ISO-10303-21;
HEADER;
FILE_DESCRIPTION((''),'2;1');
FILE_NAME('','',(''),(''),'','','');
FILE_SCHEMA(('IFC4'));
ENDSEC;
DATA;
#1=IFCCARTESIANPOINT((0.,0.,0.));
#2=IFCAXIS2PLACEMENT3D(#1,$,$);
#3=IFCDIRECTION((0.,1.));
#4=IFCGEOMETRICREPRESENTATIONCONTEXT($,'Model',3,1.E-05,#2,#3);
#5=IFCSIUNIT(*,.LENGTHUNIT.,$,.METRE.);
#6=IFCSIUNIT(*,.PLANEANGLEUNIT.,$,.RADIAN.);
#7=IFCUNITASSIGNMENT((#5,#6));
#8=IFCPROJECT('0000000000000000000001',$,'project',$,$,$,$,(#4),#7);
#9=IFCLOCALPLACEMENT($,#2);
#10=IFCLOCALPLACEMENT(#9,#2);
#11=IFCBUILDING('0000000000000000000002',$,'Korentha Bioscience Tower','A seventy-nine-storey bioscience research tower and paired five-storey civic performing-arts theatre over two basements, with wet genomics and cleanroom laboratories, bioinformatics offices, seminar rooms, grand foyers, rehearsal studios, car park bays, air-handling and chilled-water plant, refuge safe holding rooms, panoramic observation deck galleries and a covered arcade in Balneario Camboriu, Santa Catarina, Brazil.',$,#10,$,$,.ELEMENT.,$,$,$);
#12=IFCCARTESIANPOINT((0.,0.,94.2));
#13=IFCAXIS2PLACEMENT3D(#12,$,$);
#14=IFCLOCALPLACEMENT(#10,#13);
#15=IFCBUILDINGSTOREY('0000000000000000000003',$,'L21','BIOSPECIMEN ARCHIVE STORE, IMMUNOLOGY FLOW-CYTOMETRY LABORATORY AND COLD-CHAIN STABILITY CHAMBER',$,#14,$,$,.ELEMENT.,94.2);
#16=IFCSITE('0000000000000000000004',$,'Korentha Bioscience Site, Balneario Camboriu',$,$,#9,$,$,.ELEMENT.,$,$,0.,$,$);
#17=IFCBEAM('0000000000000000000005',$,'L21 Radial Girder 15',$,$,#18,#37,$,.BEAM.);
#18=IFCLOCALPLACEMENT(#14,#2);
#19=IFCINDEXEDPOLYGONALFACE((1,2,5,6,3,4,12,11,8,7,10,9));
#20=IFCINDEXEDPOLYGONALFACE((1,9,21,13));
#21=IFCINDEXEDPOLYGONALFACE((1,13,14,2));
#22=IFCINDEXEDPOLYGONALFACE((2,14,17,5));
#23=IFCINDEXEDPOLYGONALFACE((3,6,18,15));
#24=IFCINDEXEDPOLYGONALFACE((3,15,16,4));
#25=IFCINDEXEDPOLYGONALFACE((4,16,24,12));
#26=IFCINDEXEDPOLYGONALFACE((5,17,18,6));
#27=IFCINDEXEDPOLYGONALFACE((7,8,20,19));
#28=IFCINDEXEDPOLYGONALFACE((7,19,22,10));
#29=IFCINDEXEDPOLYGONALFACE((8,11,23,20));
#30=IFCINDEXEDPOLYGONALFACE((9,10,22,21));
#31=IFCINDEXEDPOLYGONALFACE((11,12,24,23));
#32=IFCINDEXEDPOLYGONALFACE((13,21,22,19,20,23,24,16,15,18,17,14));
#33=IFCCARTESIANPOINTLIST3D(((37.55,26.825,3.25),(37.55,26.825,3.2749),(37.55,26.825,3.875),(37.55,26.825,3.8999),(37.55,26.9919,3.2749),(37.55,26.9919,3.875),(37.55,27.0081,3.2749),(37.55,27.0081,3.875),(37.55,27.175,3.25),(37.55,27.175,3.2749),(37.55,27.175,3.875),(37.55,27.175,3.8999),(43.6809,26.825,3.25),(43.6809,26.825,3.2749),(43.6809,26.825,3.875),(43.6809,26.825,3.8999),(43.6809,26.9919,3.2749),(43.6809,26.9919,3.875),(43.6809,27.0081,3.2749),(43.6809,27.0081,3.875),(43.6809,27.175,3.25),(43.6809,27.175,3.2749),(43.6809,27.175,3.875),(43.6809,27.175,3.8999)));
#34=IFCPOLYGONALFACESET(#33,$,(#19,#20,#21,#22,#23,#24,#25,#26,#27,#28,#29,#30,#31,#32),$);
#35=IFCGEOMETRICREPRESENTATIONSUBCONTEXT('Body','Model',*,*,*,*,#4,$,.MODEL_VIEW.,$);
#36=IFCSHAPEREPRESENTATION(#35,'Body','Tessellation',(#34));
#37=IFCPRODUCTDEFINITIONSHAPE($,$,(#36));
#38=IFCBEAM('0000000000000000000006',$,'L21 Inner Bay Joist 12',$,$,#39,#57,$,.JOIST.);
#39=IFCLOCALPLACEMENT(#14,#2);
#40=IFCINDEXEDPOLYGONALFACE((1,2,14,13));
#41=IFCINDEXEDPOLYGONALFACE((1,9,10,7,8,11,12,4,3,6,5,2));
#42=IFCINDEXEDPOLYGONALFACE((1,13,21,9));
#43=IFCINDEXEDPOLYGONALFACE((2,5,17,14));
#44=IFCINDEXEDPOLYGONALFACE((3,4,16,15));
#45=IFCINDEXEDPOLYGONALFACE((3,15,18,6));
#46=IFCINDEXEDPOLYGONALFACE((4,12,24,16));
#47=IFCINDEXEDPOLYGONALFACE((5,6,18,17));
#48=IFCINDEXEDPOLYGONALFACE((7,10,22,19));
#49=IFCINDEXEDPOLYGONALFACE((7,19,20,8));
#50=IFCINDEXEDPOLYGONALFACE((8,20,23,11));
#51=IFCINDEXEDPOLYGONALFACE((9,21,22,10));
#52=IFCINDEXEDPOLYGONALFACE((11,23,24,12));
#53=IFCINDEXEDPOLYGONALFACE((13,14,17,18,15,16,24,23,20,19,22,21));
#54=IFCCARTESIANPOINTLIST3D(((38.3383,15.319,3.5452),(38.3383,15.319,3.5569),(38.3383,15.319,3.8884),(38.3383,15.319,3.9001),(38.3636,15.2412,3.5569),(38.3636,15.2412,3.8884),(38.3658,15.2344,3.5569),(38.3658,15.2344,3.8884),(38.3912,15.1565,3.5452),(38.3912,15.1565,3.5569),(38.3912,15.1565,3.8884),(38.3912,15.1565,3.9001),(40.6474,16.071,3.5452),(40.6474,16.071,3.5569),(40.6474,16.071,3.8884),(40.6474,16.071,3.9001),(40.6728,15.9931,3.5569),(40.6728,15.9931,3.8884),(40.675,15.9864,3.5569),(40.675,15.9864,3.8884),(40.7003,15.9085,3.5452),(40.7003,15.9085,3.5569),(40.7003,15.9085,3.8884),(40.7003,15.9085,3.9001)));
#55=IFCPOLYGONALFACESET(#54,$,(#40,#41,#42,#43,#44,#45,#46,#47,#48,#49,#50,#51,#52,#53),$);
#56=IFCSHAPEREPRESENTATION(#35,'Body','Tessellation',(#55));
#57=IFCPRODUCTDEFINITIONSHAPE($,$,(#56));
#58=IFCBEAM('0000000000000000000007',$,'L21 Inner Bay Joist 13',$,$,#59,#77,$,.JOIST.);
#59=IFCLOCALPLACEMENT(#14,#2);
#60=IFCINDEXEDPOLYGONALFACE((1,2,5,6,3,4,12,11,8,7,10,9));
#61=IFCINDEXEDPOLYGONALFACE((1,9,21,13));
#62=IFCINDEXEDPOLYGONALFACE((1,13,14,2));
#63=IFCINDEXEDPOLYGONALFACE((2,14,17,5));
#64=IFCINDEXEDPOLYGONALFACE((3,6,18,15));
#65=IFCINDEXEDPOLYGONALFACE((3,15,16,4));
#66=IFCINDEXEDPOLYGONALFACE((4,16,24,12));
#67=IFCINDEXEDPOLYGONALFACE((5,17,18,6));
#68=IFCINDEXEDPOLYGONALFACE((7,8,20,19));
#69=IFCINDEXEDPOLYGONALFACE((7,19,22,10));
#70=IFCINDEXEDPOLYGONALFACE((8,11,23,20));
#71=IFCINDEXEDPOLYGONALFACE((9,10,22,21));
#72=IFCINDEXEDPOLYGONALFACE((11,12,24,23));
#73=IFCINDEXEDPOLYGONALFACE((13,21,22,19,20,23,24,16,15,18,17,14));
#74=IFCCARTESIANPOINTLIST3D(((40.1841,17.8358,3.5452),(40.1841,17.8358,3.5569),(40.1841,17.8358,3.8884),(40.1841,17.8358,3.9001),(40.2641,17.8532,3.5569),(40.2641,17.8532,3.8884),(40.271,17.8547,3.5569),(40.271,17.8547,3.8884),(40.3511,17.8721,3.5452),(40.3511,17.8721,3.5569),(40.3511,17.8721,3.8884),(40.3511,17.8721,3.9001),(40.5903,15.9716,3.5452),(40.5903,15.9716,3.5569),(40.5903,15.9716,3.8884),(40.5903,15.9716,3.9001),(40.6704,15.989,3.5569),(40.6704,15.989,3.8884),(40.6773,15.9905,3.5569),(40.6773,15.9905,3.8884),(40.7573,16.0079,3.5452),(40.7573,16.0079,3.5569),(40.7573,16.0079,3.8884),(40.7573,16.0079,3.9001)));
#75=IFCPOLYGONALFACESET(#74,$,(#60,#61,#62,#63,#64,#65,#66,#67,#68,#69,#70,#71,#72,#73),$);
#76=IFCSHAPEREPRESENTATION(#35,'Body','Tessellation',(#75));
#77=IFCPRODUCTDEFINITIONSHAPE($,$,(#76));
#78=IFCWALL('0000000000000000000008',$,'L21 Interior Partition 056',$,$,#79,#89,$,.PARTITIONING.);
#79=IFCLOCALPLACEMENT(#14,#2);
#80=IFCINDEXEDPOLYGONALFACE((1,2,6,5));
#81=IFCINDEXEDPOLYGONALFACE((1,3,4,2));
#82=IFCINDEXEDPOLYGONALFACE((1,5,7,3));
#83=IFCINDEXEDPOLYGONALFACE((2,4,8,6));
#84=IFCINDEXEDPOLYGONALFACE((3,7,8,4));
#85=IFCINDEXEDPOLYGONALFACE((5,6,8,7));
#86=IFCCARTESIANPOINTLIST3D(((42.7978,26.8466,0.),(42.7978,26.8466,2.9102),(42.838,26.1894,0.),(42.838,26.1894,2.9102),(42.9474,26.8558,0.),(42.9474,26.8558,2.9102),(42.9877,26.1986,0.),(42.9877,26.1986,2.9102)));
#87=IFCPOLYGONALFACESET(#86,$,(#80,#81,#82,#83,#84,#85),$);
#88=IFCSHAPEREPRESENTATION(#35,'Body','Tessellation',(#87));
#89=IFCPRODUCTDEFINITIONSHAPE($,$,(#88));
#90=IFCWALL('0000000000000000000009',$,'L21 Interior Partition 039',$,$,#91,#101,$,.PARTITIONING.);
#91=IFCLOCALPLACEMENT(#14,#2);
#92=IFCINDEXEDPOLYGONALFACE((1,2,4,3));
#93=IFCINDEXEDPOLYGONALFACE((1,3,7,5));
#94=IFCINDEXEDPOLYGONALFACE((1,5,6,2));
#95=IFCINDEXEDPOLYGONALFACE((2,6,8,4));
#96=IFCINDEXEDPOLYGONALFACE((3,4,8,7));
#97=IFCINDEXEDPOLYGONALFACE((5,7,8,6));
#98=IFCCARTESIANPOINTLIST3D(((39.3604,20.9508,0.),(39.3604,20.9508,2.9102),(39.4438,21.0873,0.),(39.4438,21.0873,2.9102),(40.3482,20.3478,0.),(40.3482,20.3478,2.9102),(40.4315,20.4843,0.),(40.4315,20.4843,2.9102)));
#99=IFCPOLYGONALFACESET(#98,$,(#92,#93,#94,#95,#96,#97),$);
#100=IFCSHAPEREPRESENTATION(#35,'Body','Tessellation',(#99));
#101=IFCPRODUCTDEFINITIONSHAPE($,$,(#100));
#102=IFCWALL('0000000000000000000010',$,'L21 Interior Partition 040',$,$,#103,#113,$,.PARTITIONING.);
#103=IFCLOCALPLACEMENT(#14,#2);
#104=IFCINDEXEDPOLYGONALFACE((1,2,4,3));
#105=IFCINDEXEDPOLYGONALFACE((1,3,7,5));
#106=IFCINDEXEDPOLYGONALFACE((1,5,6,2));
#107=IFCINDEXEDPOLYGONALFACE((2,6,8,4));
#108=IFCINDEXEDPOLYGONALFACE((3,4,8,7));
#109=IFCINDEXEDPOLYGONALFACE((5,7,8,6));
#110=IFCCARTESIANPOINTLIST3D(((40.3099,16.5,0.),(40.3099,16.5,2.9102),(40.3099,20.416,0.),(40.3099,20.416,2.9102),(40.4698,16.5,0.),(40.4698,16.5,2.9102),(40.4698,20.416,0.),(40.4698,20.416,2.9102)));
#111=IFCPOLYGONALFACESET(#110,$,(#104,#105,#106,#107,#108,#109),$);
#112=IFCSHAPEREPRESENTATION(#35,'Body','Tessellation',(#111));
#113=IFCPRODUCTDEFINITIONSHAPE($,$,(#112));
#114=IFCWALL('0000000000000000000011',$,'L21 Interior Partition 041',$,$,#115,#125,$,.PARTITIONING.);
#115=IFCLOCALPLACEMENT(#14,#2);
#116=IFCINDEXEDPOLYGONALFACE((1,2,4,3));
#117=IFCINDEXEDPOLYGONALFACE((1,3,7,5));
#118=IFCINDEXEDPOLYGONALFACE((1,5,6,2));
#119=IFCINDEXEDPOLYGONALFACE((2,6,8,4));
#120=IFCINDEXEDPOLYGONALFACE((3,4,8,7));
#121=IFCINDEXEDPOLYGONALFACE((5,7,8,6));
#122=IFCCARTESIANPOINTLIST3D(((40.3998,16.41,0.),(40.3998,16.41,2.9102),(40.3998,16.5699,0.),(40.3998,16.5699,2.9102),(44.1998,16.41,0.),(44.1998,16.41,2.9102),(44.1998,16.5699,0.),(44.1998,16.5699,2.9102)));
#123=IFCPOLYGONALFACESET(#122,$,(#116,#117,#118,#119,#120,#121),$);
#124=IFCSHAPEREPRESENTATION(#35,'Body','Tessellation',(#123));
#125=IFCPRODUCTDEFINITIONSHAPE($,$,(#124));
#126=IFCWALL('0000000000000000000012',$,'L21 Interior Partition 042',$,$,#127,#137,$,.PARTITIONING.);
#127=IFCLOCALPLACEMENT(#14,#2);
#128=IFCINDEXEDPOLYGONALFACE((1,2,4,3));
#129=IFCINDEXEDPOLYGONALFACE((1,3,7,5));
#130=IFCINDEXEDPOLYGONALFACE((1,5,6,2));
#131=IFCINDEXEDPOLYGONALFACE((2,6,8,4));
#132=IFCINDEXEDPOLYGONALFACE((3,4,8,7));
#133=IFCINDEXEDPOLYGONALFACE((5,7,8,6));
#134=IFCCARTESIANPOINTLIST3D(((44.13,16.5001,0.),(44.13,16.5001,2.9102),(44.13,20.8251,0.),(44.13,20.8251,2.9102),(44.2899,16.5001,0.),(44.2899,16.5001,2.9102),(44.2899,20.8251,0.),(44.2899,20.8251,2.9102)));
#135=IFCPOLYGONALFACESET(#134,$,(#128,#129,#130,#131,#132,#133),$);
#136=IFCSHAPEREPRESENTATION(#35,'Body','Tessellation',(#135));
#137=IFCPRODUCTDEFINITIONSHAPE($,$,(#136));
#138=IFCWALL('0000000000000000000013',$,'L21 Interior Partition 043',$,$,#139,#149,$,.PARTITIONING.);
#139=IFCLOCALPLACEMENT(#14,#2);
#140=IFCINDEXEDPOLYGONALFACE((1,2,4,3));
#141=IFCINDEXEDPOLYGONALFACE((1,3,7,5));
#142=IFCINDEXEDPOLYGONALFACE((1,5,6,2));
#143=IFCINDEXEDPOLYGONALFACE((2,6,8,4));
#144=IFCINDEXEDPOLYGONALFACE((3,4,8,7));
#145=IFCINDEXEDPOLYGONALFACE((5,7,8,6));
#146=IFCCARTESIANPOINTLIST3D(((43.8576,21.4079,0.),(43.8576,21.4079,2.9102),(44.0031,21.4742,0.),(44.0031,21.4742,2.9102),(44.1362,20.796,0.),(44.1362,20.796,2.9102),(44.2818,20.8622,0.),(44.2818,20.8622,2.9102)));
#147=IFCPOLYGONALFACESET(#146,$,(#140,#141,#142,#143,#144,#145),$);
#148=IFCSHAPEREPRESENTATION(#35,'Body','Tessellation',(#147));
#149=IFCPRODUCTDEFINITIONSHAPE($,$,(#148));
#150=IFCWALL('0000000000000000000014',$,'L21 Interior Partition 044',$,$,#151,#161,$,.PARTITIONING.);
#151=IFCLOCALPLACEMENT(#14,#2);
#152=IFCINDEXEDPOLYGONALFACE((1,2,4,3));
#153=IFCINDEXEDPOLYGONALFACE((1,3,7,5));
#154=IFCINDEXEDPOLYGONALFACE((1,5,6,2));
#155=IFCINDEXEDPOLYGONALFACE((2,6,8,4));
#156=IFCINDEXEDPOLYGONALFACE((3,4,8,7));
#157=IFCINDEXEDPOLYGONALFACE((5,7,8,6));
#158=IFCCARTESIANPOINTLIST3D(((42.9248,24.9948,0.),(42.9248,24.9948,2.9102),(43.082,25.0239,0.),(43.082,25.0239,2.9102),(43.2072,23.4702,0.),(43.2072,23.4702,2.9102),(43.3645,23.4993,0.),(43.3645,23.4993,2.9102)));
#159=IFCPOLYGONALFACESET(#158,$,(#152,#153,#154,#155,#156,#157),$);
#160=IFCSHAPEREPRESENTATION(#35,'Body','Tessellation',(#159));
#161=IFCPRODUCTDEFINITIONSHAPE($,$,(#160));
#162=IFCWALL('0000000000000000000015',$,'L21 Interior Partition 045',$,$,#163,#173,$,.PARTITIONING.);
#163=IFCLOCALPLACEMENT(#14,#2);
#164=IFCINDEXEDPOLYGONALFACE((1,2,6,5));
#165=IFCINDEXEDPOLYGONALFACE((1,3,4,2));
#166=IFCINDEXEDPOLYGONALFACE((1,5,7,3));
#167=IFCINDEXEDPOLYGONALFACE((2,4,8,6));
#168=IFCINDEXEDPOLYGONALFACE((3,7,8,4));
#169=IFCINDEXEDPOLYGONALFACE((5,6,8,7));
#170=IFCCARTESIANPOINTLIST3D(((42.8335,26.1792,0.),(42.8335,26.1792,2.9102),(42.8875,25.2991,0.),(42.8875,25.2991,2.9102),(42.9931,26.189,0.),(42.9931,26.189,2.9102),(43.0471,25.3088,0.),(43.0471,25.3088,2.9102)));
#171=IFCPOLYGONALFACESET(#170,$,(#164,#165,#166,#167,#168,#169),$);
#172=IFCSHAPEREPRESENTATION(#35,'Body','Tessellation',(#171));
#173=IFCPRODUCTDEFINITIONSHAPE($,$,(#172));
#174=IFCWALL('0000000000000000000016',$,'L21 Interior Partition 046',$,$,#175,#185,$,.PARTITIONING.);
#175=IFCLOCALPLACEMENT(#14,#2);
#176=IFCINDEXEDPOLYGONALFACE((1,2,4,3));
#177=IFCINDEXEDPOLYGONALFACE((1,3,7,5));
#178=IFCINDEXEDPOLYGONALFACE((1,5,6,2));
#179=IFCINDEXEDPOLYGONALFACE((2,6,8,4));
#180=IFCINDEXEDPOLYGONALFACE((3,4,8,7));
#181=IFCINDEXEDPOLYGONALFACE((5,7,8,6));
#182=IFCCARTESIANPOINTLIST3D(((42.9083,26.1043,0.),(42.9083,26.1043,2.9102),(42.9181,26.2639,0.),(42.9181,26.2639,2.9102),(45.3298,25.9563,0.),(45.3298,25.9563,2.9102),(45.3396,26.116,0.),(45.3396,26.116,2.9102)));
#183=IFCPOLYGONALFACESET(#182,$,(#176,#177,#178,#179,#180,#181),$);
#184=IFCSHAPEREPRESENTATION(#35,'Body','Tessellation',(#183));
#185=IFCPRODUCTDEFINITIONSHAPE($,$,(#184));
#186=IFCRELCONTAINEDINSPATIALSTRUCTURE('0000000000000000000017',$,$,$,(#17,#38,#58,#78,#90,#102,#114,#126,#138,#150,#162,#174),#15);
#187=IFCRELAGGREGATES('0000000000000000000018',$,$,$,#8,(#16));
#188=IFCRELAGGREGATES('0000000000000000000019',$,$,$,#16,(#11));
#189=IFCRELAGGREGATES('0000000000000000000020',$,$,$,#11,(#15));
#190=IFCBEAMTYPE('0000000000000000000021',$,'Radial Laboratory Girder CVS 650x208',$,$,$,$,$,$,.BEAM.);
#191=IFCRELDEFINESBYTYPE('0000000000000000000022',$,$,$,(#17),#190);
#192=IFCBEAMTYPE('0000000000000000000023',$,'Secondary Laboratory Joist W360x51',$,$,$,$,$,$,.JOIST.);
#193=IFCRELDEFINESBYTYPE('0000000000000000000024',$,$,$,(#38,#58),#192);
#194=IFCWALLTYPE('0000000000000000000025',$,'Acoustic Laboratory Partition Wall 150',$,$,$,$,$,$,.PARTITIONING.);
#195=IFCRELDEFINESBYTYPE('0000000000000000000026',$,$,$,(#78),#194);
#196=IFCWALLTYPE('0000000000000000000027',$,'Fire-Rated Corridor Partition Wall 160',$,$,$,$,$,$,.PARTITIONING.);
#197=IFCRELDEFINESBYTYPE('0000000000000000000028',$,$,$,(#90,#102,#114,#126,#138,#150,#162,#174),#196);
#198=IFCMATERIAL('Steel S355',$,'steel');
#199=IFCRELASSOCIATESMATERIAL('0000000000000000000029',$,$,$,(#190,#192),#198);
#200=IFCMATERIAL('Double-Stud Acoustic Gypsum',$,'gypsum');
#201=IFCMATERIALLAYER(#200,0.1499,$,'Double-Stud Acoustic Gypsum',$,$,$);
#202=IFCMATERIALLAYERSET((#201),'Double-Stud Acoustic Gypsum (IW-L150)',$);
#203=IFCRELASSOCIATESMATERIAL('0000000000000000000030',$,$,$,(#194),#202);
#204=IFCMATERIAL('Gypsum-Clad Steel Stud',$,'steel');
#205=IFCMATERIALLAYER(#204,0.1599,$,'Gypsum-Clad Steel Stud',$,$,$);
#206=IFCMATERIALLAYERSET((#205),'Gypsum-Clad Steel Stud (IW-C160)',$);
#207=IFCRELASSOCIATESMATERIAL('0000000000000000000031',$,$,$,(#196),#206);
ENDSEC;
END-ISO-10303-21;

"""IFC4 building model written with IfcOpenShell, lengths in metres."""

from ifc_helpers import new_model, si_unit, direction, frame, frame_2d, origin, origin_2d, place, context, subcontext, project, spatial, rectangle, i_section, extrude, material, layer, layer_set, material_profile, profile_set, type_object, element, save


model = new_model("IFC4")

# Units and contexts
model_context = context("Model", 3, precision=1e-05, world=origin(), true_north=direction((0.0, 1.0)))
body_context = subcontext(model_context, "Body", "Model", "MODEL_VIEW")
ifc_project = project(units=[si_unit("LENGTHUNIT", "METRE"), si_unit("PLANEANGLEUNIT", "RADIAN")], contexts=[model_context])

# Site, building, storey
site_placement = place(None, origin())
site = spatial("IfcSite", under=ifc_project, at=site_placement, Name="Korentha Bioscience Site, Balneario Camboriu", CompositionType="ELEMENT", RefElevation=0.0)
building_placement = place(site_placement, origin())
building = spatial("IfcBuilding", under=site, at=building_placement, Name="Korentha Bioscience Tower", Description="A seventy-nine-storey bioscience research tower and paired five-storey civic performing-arts theatre over two basements, with wet genomics and cleanroom laboratories, bioinformatics offices, seminar rooms, grand foyers, rehearsal studios, car park bays, air-handling and chilled-water plant, refuge safe holding rooms, panoramic observation deck galleries and a covered arcade in Balneario Camboriu, Santa Catarina, Brazil.", CompositionType="ELEMENT")
storey_placement = place(building_placement, frame((0.0, 0.0, 94.2)))
storey = spatial("IfcBuildingStorey", under=building, at=storey_placement, Name="L21", Description="BIOSPECIMEN ARCHIVE STORE, IMMUNOLOGY FLOW-CYTOMETRY LABORATORY AND COLD-CHAIN STABILITY CHAMBER", CompositionType="ELEMENT", Elevation=94.2)

# Beams
ifc_material_1 = material(Name="Steel S355", Category="steel")
ifc_material_profile_1 = material_profile(ifc_material_1, i_section(OverallWidth=0.3501, OverallDepth=0.6499, WebThickness=0.0161, FlangeThickness=0.0249, at=origin_2d()), Name="Steel S355")
ifc_profile_set_1 = profile_set([ifc_material_profile_1], Name="Steel S355 (RB-650)")
beam_type_1 = type_object("IfcBeamType", Name="Radial Laboratory Girder CVS 650x208", PredefinedType="BEAM", material=ifc_profile_set_1)
beam_1_placement = place(storey_placement, frame((37.55, 27.0, 3.575), z_axis=(1.0, 0.0, 0.0), x_axis=(0.0, 1.0, 0.0)))
element("IfcBeam", 1, at=beam_1_placement, inside=storey, type_object=beam_type_1, Name="L21 Radial Girder 15", PredefinedType="BEAM", context=body_context, shape_type="SweptSolid", body=[
    extrude(i_section(OverallWidth=0.3501, OverallDepth=0.6499, WebThickness=0.0161, FlangeThickness=0.0249, at=origin_2d()), origin(), (0.0, 0.0, 1.0), 6.1309),
])
ifc_material_profile_2 = material_profile(ifc_material_1, i_section(OverallWidth=0.1709, OverallDepth=0.355, WebThickness=0.0071, FlangeThickness=0.0117, at=origin_2d()), Name="Steel S355")
ifc_profile_set_2 = profile_set([ifc_material_profile_2], Name="Steel S355 (JB-360)")
beam_type_2 = type_object("IfcBeamType", Name="Secondary Laboratory Joist W360x51", PredefinedType="JOIST", material=ifc_profile_set_2)
beam_2_placement = place(storey_placement, frame((38.3647, 15.2378, 3.7227), z_axis=(0.950852, 0.309645, 0.0), x_axis=(-0.309645, 0.950852, 0.0)))
element("IfcBeam", 2, at=beam_2_placement, inside=storey, type_object=beam_type_2, Name="L21 Inner Bay Joist 12", PredefinedType="JOIST", context=body_context, shape_type="SweptSolid", body=[
    extrude(i_section(OverallWidth=0.1709, OverallDepth=0.355, WebThickness=0.0071, FlangeThickness=0.0117, at=origin_2d()), origin(), (0.0, 0.0, 1.0), 2.4285),
])
beam_3_placement = place(storey_placement, frame((40.6738, 15.9897, 3.7227), z_axis=(-0.212918, 0.97707, 0.0), x_axis=(-0.97707, -0.212918, 0.0)))
element("IfcBeam", 3, at=beam_3_placement, inside=storey, type_object=beam_type_2, Name="L21 Inner Bay Joist 13", PredefinedType="JOIST", context=body_context, shape_type="SweptSolid", body=[
    extrude(i_section(OverallWidth=0.1709, OverallDepth=0.355, WebThickness=0.0071, FlangeThickness=0.0117, at=origin_2d()), origin(), (0.0, 0.0, 1.0), 1.908),
])

# Wall
ifc_material_2 = material(Name="Double-Stud Acoustic Gypsum", Category="gypsum")
ifc_layer_1 = layer(ifc_material_2, 0.1499, Name="Double-Stud Acoustic Gypsum")
ifc_layer_set_1 = layer_set([ifc_layer_1], Name="Double-Stud Acoustic Gypsum (IW-L150)")
wall_type_1 = type_object("IfcWallType", Name="Acoustic Laboratory Partition Wall 150", PredefinedType="PARTITIONING", material=ifc_layer_set_1)
wall_1_placement = place(storey_placement, frame((42.9128, 26.1941, 0.0), z_axis=(0.0, 0.0, 1.0), x_axis=(-0.061178, 0.998127, 0.0)))
element("IfcWall", 4, at=wall_1_placement, inside=storey, type_object=wall_type_1, Name="L21 Interior Partition 056", PredefinedType="PARTITIONING", context=body_context, shape_type="SweptSolid", body=[
    extrude(rectangle(XDim=0.6584, YDim=0.1499, at=frame_2d((0.3291, 0.0))), origin(), (0.0, 0.0, 1.0), 2.9102),
])

# Shared definitions
ifc_material_3 = material(Name="Gypsum-Clad Steel Stud", Category="steel")
ifc_layer_2 = layer(ifc_material_3, 0.1599, Name="Gypsum-Clad Steel Stud")
ifc_layer_set_2 = layer_set([ifc_layer_2], Name="Gypsum-Clad Steel Stud (IW-C160)")
wall_type_2 = type_object("IfcWallType", Name="Fire-Rated Corridor Partition Wall 160", PredefinedType="PARTITIONING", material=ifc_layer_set_2)

# Walls
wall_2_placement = place(storey_placement, frame((39.4021, 21.019, 0.0), z_axis=(0.0, 0.0, 1.0), x_axis=(0.853522, -0.521057, 0.0)))
element("IfcWall", 5, at=wall_2_placement, inside=storey, type_object=wall_type_2, Name="L21 Interior Partition 039", PredefinedType="PARTITIONING", context=body_context, shape_type="SweptSolid", body=[
    extrude(rectangle(XDim=1.1572, YDim=0.1599, at=frame_2d((0.5786, 0.0))), origin(), (0.0, 0.0, 1.0), 2.9102),
])
wall_3_placement = place(storey_placement, frame((40.3899, 20.416, 0.0), z_axis=(0.0, 0.0, 1.0), x_axis=(0.0, -1.0, 0.0)))
element("IfcWall", 6, at=wall_3_placement, inside=storey, type_object=wall_type_2, Name="L21 Interior Partition 040", PredefinedType="PARTITIONING", context=body_context, shape_type="SweptSolid", body=[
    extrude(rectangle(XDim=3.916, YDim=0.1599, at=frame_2d((1.958, 0.0))), origin(), (0.0, 0.0, 1.0), 2.9102),
])
wall_4_placement = place(storey_placement, frame((40.3999, 16.49, 0.0), z_axis=(0.0, 0.0, 1.0), x_axis=(1.0, 0.0, 0.0)))
element("IfcWall", 7, at=wall_4_placement, inside=storey, type_object=wall_type_2, Name="L21 Interior Partition 041", PredefinedType="PARTITIONING", context=body_context, shape_type="SweptSolid", body=[
    extrude(rectangle(XDim=3.8, YDim=0.1599, at=frame_2d((1.8999, 0.0))), origin(), (0.0, 0.0, 1.0), 2.9102),
])
wall_5_placement = place(storey_placement, frame((44.21, 16.5, 0.0), z_axis=(0.0, 0.0, 1.0), x_axis=(0.0, 1.0, 0.0)))
element("IfcWall", 8, at=wall_5_placement, inside=storey, type_object=wall_type_2, Name="L21 Interior Partition 042", PredefinedType="PARTITIONING", context=body_context, shape_type="SweptSolid", body=[
    extrude(rectangle(XDim=4.325, YDim=0.1599, at=frame_2d((2.1626, 0.0))), origin(), (0.0, 0.0, 1.0), 2.9102),
])
wall_6_placement = place(storey_placement, frame((44.209, 20.8291, 0.0), z_axis=(0.0, 0.0, 1.0), x_axis=(-0.414377, 0.910105, 0.0)))
element("IfcWall", 9, at=wall_6_placement, inside=storey, type_object=wall_type_2, Name="L21 Interior Partition 043", PredefinedType="PARTITIONING", context=body_context, shape_type="SweptSolid", body=[
    extrude(rectangle(XDim=0.6724, YDim=0.1599, at=frame_2d((0.3362, 0.0))), origin(), (0.0, 0.0, 1.0), 2.9102),
])
wall_7_placement = place(storey_placement, frame((43.2859, 23.4846, 0.0), z_axis=(0.0, 0.0, 1.0), x_axis=(-0.182168, 0.983267, 0.0)))
element("IfcWall", 10, at=wall_7_placement, inside=storey, type_object=wall_type_2, Name="L21 Interior Partition 044", PredefinedType="PARTITIONING", context=body_context, shape_type="SweptSolid", body=[
    extrude(rectangle(XDim=1.5505, YDim=0.1599, at=frame_2d((0.7754, 0.0))), origin(), (0.0, 0.0, 1.0), 2.9102),
])
wall_8_placement = place(storey_placement, frame((42.9673, 25.304, 0.0), z_axis=(0.0, 0.0, 1.0), x_axis=(-0.061189, 0.998126, 0.0)))
element("IfcWall", 11, at=wall_8_placement, inside=storey, type_object=wall_type_2, Name="L21 Interior Partition 045", PredefinedType="PARTITIONING", context=body_context, shape_type="SweptSolid", body=[
    extrude(rectangle(XDim=0.8818, YDim=0.1599, at=frame_2d((0.4409, 0.0))), origin(), (0.0, 0.0, 1.0), 2.9102),
])
wall_9_placement = place(storey_placement, frame((42.9133, 26.1841, 0.0), z_axis=(0.0, 0.0, 1.0), x_axis=(0.998139, -0.060981, 0.0)))
element("IfcWall", 12, at=wall_9_placement, inside=storey, type_object=wall_type_2, Name="L21 Interior Partition 046", PredefinedType="PARTITIONING", context=body_context, shape_type="SweptSolid", body=[
    extrude(rectangle(XDim=2.426, YDim=0.1599, at=frame_2d((1.2129, 0.0))), origin(), (0.0, 0.0, 1.0), 2.9102),
])

save(model, "model.ifc")
